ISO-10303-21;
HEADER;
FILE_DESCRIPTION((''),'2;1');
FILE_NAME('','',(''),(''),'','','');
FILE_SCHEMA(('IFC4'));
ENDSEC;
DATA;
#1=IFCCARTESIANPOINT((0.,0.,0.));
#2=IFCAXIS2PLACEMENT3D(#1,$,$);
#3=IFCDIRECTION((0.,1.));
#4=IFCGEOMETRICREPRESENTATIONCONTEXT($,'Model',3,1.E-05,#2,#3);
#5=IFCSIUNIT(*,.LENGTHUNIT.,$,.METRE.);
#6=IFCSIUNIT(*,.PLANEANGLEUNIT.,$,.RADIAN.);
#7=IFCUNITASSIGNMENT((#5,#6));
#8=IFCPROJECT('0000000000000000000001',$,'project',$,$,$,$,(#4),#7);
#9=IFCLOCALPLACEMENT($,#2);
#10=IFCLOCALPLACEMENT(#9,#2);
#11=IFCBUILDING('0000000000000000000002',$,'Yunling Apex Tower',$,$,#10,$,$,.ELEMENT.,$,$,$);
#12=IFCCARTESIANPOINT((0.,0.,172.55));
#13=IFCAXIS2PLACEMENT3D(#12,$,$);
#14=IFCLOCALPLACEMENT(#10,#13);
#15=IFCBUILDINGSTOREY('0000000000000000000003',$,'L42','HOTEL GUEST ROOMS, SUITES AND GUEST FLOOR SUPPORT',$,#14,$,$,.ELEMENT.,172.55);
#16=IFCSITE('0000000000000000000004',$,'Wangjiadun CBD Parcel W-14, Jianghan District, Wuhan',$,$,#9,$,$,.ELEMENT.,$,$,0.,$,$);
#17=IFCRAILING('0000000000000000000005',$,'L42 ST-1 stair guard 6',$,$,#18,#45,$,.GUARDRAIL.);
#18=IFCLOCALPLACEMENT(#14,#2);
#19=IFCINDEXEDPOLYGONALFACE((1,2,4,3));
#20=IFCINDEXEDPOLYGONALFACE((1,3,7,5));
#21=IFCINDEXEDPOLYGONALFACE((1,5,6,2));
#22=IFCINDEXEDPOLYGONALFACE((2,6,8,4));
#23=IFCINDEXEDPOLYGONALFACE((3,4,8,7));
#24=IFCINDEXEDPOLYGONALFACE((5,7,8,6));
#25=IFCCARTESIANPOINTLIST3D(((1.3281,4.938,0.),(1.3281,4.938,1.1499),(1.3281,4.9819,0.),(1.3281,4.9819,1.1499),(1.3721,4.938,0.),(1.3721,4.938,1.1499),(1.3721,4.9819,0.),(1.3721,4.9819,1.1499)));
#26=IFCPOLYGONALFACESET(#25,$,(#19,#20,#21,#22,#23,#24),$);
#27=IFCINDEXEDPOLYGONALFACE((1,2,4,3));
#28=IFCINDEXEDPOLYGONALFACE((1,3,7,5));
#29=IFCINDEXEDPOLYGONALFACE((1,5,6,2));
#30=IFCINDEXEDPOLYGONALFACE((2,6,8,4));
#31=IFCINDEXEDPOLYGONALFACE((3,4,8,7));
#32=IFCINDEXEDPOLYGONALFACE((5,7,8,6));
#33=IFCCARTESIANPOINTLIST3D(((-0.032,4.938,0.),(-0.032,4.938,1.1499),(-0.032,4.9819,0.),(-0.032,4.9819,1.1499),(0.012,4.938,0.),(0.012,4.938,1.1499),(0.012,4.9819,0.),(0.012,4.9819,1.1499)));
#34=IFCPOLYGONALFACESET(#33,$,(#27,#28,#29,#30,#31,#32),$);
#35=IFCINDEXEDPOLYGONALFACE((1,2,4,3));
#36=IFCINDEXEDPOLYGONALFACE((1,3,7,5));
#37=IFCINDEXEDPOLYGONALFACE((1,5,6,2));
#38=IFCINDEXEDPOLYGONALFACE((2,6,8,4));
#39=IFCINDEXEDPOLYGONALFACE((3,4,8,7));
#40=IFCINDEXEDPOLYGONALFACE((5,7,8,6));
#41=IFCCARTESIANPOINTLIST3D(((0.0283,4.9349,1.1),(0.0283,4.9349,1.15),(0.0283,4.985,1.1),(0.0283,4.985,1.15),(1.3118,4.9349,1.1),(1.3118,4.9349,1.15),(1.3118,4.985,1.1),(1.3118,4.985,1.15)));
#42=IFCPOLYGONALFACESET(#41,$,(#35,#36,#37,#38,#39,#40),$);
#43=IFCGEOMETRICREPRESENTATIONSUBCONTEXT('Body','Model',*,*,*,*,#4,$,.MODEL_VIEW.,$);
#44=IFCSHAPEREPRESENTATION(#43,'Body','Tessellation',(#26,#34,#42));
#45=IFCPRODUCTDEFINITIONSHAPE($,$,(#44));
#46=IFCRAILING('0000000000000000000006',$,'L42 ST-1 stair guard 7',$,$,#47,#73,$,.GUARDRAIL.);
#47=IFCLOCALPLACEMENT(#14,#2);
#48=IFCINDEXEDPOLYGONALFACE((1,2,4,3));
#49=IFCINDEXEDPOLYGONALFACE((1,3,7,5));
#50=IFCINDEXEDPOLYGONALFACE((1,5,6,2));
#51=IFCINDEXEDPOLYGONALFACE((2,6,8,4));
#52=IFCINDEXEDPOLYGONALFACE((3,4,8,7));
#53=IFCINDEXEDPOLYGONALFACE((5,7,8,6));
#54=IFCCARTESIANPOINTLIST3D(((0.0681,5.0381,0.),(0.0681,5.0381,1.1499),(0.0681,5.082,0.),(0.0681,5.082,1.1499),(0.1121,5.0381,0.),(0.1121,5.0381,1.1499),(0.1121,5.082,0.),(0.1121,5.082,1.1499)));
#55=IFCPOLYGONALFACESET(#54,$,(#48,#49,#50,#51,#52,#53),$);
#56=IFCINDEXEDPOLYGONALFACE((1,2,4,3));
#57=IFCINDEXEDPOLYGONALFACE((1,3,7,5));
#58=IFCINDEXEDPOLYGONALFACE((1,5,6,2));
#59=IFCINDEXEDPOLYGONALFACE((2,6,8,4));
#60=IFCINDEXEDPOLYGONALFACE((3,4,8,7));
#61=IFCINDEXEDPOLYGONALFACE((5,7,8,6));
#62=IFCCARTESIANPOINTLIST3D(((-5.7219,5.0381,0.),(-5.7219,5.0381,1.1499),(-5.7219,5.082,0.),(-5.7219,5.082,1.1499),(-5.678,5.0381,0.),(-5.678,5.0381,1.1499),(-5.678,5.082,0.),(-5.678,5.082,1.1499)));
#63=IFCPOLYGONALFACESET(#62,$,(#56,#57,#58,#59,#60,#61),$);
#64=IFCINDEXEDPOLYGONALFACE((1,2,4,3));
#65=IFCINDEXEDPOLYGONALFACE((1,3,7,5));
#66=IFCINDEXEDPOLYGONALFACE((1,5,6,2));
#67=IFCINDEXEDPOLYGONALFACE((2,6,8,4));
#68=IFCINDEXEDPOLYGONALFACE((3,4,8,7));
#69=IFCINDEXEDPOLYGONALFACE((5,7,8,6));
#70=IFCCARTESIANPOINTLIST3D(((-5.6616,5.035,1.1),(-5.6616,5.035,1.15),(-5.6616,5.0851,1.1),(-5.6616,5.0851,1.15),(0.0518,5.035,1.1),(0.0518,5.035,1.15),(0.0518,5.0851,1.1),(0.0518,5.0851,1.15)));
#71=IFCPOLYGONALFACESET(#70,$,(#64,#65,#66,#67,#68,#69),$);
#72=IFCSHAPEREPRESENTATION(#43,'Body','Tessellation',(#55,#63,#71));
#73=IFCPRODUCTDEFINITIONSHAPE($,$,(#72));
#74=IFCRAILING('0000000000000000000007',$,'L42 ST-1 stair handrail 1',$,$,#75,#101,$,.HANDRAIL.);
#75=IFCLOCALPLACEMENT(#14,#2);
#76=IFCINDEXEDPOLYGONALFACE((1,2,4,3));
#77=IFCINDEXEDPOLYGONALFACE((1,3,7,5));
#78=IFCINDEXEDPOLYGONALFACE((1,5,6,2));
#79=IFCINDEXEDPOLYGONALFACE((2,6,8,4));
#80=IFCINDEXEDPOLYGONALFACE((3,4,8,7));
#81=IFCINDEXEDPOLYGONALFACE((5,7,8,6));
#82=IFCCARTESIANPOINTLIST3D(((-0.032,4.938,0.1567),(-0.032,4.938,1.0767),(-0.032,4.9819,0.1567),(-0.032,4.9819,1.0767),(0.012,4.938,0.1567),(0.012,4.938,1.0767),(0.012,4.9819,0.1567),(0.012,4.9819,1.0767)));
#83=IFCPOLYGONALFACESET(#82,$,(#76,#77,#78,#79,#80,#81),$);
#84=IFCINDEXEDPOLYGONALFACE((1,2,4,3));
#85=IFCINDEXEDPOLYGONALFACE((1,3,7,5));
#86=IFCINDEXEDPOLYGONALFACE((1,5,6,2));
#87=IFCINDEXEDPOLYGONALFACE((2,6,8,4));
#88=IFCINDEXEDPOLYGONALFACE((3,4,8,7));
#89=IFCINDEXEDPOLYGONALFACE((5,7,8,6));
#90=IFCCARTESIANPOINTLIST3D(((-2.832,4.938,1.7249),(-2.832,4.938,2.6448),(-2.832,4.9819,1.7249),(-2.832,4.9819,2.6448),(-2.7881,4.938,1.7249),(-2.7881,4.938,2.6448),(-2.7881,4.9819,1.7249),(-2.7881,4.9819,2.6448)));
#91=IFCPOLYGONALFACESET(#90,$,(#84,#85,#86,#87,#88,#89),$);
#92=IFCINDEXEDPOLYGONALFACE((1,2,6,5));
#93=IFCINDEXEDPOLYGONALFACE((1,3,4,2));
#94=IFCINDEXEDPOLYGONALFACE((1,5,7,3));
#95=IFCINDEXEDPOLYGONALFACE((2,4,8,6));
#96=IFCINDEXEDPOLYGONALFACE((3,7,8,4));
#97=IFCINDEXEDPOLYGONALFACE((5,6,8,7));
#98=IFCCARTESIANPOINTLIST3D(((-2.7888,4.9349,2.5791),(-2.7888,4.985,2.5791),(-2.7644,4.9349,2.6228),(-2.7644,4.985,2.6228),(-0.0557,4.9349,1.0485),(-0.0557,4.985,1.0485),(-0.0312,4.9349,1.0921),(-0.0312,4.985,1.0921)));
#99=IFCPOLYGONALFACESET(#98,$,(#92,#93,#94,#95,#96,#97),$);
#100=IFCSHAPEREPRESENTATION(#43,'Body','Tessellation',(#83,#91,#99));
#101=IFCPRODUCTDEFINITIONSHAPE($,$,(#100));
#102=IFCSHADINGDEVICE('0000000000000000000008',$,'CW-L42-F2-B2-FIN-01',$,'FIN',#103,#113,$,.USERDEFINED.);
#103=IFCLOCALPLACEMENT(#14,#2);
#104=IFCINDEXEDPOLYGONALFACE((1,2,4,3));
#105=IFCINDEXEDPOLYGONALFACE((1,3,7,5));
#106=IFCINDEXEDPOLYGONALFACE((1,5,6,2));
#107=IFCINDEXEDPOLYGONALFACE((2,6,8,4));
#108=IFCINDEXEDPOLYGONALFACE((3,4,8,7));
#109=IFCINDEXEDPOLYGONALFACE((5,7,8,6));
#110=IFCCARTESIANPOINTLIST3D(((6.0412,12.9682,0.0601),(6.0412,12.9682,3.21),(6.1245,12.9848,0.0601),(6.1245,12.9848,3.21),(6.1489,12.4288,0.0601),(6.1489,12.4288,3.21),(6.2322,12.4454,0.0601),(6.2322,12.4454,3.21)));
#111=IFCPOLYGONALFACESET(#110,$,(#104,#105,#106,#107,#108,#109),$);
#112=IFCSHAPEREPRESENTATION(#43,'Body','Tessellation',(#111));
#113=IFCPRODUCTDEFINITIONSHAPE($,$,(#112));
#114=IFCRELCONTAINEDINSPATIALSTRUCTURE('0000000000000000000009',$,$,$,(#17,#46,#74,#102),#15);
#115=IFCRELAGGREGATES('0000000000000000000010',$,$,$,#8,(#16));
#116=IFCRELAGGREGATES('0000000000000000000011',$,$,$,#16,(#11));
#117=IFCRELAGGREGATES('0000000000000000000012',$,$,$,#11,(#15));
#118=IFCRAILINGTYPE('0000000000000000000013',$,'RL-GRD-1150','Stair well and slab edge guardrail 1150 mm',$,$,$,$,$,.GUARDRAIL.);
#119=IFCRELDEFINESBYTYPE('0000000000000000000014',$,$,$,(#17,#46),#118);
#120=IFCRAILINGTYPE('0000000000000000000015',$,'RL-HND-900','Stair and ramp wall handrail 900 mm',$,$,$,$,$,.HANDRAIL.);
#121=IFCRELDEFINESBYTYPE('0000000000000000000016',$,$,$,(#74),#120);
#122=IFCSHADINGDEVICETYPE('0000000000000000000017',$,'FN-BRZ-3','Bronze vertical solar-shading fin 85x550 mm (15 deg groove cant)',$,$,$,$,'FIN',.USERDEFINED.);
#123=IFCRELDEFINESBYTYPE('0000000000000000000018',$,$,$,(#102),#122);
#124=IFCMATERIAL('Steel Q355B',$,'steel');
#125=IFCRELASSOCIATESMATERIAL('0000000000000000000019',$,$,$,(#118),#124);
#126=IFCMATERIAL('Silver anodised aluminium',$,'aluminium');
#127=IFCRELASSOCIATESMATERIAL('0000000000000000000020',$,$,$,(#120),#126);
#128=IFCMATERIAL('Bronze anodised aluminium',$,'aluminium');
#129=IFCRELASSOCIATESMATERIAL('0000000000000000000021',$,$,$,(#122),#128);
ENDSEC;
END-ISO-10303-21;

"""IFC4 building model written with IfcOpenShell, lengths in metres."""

from ifc_helpers import new_model, si_unit, direction, frame, origin, origin_2d, place, context, subcontext, project, spatial, rectangle, extrude, source, transform, mapped, material, material_profile, profile_set, type_object, element, save


model = new_model("IFC4")

# Units and contexts
model_context = context("Model", 3, precision=1e-05, world=origin(), true_north=direction((0.0, 1.0)))
body_context = subcontext(model_context, "Body", "Model", "MODEL_VIEW")
ifc_project = project(units=[si_unit("LENGTHUNIT", "METRE"), si_unit("PLANEANGLEUNIT", "RADIAN")], contexts=[model_context])

# Site, building, storey
site_placement = place(None, origin())
site = spatial("IfcSite", under=ifc_project, at=site_placement, Name="Wangjiadun CBD Parcel W-14, Jianghan District, Wuhan", CompositionType="ELEMENT", RefElevation=0.0)
building_placement = place(site_placement, origin())
building = spatial("IfcBuilding", under=site, at=building_placement, Name="Yunling Apex Tower", CompositionType="ELEMENT")
storey_placement = place(building_placement, frame((0.0, 0.0, 172.55)))
storey = spatial("IfcBuildingStorey", under=building, at=storey_placement, Name="L42", Description="HOTEL GUEST ROOMS, SUITES AND GUEST FLOOR SUPPORT", CompositionType="ELEMENT", Elevation=172.55)

# Shared definitions
ifc_material_1 = material(Name="Steel Q355B", Category="steel")

# Shared definitions
ifc_material_2 = material(Name="Bronze anodised aluminium", Category="aluminium")

# Railings
railing_type_1 = type_object("IfcRailingType", Name="RL-GRD-1150", Description="Stair well and slab edge guardrail 1150 mm", PredefinedType="GUARDRAIL", material=ifc_material_1)
railing_1_placement = place(storey_placement, frame((1.3501, 4.96, 0.0)))
element("IfcRailing", 1, at=railing_1_placement, inside=storey, type_object=railing_type_1, Name="L42 ST-1 stair guard 6", PredefinedType="GUARDRAIL", context=body_context, shape_type="SweptSolid", body=[
    extrude(rectangle(XDim=0.0439, YDim=0.0439, at=origin_2d()), origin(), (0.0, 0.0, 1.0), 1.1499),
    extrude(rectangle(XDim=0.0439, YDim=0.0439, at=origin_2d()), frame((-1.3601, 0.0, 0.0)), (0.0, 0.0, 1.0), 1.1499),
    extrude(rectangle(XDim=0.05, YDim=0.05, at=origin_2d()), frame((-0.0383, 0.0, 1.125), z_axis=(-1.0, 0.0, 0.0), x_axis=(0.0, -1.0, 0.0)), (0.0, 0.0, 1.0), 1.2834),
])
railing_2_placement = place(storey_placement, frame((0.0901, 5.0601, 0.0)))
element("IfcRailing", 2, at=railing_2_placement, inside=storey, type_object=railing_type_1, Name="L42 ST-1 stair guard 7", PredefinedType="GUARDRAIL", context=body_context, shape_type="SweptSolid", body=[
    extrude(rectangle(XDim=0.0439, YDim=0.0439, at=origin_2d()), origin(), (0.0, 0.0, 1.0), 1.1499),
    extrude(rectangle(XDim=0.0439, YDim=0.0439, at=origin_2d()), frame((-5.79, 0.0, 0.0)), (0.0, 0.0, 1.0), 1.1499),
    extrude(rectangle(XDim=0.05, YDim=0.05, at=origin_2d()), frame((-0.0383, 0.0, 1.125), z_axis=(-1.0, 0.0, 0.0), x_axis=(0.0, -1.0, 0.0)), (0.0, 0.0, 1.0), 5.7134),
])
ifc_material_3 = material(Name="Silver anodised aluminium", Category="aluminium")
railing_type_2 = type_object("IfcRailingType", Name="RL-HND-900", Description="Stair and ramp wall handrail 900 mm", PredefinedType="HANDRAIL", material=ifc_material_3)
railing_3_placement = place(storey_placement, frame((-0.01, 4.96, 0.1567)))
element("IfcRailing", 3, at=railing_3_placement, inside=storey, type_object=railing_type_2, Name="L42 ST-1 stair handrail 1", PredefinedType="HANDRAIL", context=body_context, shape_type="SweptSolid", body=[
    extrude(rectangle(XDim=0.0439, YDim=0.0439, at=origin_2d()), origin(), (0.0, 0.0, 1.0), 0.9199),
    extrude(rectangle(XDim=0.0439, YDim=0.0439, at=origin_2d()), frame((-2.8, 0.0, 1.5681)), (0.0, 0.0, 1.0), 0.9199),
    extrude(rectangle(XDim=0.05, YDim=0.05, at=origin_2d()), frame((-0.0334, 0.0, 0.9136), z_axis=(-0.872494, 0.0, 0.488624), x_axis=(0.0, -1.0, 0.0)), (0.0, 0.0, 1.0), 3.1326),
])

# Shading device
ifc_material_profile_1 = material_profile(ifc_material_2, rectangle(XDim=0.085, YDim=0.55, at=origin_2d()))
ifc_profile_set_1 = profile_set([ifc_material_profile_1], Name="Bronze anodised aluminium")
shading_device_type = type_object("IfcShadingDeviceType", Name="FN-BRZ-3", Description="Bronze vertical solar-shading fin 85x550 mm (15 deg groove cant)", ElementType="FIN", PredefinedType="USERDEFINED", material=ifc_profile_set_1)
shared_shape_1 = source(origin(), body_context, "Body", "SweptSolid", [
    extrude(rectangle(XDim=0.085, YDim=0.55, at=origin_2d()), origin(), (0.0, 0.0, 1.0), 3.1499),
])
shading_device_placement = place(storey_placement, frame((6.1367, 12.7068, 0.0601), z_axis=(0.0, 0.0, 1.0), x_axis=(-0.980649, -0.195775, 0.0)))
element("IfcShadingDevice", 4, at=shading_device_placement, inside=storey, type_object=shading_device_type, Name="CW-L42-F2-B2-FIN-01", ObjectType="FIN", PredefinedType="USERDEFINED", context=body_context, shape_type="MappedRepresentation", body=[
    mapped(shared_shape_1, transform((0.0, 0.0, 0.0), scale=1.0)),
])

save(model, "model.ifc")
